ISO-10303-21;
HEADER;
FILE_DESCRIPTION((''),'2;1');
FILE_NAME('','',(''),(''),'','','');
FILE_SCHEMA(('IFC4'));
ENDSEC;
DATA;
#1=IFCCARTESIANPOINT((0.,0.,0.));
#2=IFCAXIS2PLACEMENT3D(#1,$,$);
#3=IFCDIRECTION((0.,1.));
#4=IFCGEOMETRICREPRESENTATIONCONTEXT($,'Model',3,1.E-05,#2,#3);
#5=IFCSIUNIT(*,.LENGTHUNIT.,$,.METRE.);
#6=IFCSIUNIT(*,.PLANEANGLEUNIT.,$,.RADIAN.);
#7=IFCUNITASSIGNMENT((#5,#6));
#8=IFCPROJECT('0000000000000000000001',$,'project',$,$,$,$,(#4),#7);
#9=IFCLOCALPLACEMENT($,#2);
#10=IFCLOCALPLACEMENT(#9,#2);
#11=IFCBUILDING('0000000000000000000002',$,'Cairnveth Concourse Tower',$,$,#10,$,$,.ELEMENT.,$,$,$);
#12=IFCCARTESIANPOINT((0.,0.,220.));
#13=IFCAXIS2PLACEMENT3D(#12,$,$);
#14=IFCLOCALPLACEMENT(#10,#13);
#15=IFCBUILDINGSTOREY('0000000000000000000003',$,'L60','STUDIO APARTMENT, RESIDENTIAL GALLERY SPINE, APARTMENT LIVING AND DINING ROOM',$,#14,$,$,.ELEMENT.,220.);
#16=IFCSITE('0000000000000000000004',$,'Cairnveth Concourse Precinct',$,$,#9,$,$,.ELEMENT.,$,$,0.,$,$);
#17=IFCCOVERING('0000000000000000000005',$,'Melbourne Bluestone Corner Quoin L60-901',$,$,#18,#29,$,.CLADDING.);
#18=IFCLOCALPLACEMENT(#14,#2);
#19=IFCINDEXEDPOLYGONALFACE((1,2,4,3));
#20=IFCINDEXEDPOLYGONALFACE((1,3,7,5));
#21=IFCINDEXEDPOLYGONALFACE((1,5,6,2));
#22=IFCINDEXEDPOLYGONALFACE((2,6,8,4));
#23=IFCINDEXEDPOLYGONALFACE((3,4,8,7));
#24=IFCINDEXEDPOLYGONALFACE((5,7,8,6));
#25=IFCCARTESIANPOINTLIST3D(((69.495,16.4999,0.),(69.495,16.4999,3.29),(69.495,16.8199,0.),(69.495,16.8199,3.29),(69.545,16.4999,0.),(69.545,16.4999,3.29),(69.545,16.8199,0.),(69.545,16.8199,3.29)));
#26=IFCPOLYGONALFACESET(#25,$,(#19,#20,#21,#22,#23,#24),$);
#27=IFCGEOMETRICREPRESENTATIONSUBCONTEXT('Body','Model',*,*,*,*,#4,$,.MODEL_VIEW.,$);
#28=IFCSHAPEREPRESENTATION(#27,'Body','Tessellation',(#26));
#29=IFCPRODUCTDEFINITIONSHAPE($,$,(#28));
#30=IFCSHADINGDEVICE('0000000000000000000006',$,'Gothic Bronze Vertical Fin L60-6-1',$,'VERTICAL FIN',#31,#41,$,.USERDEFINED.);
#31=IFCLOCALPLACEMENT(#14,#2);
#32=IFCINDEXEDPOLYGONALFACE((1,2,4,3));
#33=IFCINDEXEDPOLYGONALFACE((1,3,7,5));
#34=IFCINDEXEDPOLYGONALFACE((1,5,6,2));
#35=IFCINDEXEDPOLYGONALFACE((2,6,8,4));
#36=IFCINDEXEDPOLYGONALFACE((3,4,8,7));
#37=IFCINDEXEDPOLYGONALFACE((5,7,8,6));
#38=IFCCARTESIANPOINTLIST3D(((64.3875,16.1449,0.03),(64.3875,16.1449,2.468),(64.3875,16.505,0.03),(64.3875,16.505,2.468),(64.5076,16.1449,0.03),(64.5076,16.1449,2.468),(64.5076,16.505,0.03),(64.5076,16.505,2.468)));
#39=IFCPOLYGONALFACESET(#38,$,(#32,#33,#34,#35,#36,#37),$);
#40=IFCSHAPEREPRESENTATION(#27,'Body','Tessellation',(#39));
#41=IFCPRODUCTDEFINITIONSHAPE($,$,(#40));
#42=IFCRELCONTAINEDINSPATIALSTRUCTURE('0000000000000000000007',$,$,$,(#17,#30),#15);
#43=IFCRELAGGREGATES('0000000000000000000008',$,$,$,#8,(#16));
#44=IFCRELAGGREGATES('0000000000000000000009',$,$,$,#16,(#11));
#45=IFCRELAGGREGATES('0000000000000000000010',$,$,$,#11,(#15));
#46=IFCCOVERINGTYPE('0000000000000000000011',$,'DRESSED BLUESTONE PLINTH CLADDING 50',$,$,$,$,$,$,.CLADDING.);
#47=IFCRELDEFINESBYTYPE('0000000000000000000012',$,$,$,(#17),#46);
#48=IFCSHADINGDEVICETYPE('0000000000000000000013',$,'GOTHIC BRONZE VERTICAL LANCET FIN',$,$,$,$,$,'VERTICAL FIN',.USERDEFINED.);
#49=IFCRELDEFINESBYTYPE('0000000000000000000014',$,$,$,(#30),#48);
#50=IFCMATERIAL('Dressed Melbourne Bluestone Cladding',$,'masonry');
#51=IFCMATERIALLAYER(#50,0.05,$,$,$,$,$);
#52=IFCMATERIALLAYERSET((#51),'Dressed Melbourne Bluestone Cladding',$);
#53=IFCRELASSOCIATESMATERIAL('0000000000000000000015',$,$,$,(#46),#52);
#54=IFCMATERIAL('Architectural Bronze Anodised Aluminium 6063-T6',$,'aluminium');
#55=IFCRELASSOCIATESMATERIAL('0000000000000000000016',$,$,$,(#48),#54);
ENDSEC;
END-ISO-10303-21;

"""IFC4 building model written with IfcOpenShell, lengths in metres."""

from ifc_helpers import new_model, si_unit, direction, frame, frame_2d, origin, origin_2d, place, context, subcontext, project, spatial, rectangle, extrude, material, layer, layer_set, type_object, element, save


model = new_model("IFC4")

# Units and contexts
model_context = context("Model", 3, precision=1e-05, world=origin(), true_north=direction((0.0, 1.0)))
body_context = subcontext(model_context, "Body", "Model", "MODEL_VIEW")
ifc_project = project(units=[si_unit("LENGTHUNIT", "METRE"), si_unit("PLANEANGLEUNIT", "RADIAN")], contexts=[model_context])

# Site, building, storey
site_placement = place(None, origin())
site = spatial("IfcSite", under=ifc_project, at=site_placement, Name="Cairnveth Concourse Precinct", CompositionType="ELEMENT", RefElevation=0.0)
building_placement = place(site_placement, origin())
building = spatial("IfcBuilding", under=site, at=building_placement, Name="Cairnveth Concourse Tower", CompositionType="ELEMENT")
storey_placement = place(building_placement, frame((0.0, 0.0, 220.0)))
storey = spatial("IfcBuildingStorey", under=building, at=storey_placement, Name="L60", Description="STUDIO APARTMENT, RESIDENTIAL GALLERY SPINE, APARTMENT LIVING AND DINING ROOM", CompositionType="ELEMENT", Elevation=220.0)

# Covering
ifc_material_1 = material(Name="Dressed Melbourne Bluestone Cladding", Category="masonry")
ifc_layer_1 = layer(ifc_material_1, 0.05)
ifc_layer_set_1 = layer_set([ifc_layer_1], Name="Dressed Melbourne Bluestone Cladding")
covering_type = type_object("IfcCoveringType", Name="DRESSED BLUESTONE PLINTH CLADDING 50", PredefinedType="CLADDING", material=ifc_layer_set_1)
covering_placement = place(storey_placement, frame((69.52, 16.8201, 0.0), z_axis=(0.0, 0.0, 1.0), x_axis=(0.0, -1.0, 0.0)))
element("IfcCovering", 1, at=covering_placement, inside=storey, type_object=covering_type, Name="Melbourne Bluestone Corner Quoin L60-901", PredefinedType="CLADDING", context=body_context, shape_type="SweptSolid", body=[
    extrude(rectangle(XDim=0.3201, YDim=0.05, at=frame_2d((0.1602, 0.0))), origin(), (0.0, 0.0, 1.0), 3.29),
])

# Shading device
ifc_material_2 = material(Name="Architectural Bronze Anodised Aluminium 6063-T6", Category="aluminium")
shading_device_type = type_object("IfcShadingDeviceType", Name="GOTHIC BRONZE VERTICAL LANCET FIN", ElementType="VERTICAL FIN", PredefinedType="USERDEFINED", material=ifc_material_2)
shading_device_placement = place(storey_placement, frame((64.4475, 16.325, 0.03), z_axis=(0.0, 0.0, 1.0), x_axis=(1.0, 0.0, 0.0)))
element("IfcShadingDevice", 2, at=shading_device_placement, inside=storey, type_object=shading_device_type, Name="Gothic Bronze Vertical Fin L60-6-1", ObjectType="VERTICAL FIN", PredefinedType="USERDEFINED", context=body_context, shape_type="SweptSolid", body=[
    extrude(rectangle(XDim=0.1201, YDim=0.3601, at=origin_2d()), origin(), (0.0, 0.0, 1.0), 2.438),
])

save(model, "model.ifc")
